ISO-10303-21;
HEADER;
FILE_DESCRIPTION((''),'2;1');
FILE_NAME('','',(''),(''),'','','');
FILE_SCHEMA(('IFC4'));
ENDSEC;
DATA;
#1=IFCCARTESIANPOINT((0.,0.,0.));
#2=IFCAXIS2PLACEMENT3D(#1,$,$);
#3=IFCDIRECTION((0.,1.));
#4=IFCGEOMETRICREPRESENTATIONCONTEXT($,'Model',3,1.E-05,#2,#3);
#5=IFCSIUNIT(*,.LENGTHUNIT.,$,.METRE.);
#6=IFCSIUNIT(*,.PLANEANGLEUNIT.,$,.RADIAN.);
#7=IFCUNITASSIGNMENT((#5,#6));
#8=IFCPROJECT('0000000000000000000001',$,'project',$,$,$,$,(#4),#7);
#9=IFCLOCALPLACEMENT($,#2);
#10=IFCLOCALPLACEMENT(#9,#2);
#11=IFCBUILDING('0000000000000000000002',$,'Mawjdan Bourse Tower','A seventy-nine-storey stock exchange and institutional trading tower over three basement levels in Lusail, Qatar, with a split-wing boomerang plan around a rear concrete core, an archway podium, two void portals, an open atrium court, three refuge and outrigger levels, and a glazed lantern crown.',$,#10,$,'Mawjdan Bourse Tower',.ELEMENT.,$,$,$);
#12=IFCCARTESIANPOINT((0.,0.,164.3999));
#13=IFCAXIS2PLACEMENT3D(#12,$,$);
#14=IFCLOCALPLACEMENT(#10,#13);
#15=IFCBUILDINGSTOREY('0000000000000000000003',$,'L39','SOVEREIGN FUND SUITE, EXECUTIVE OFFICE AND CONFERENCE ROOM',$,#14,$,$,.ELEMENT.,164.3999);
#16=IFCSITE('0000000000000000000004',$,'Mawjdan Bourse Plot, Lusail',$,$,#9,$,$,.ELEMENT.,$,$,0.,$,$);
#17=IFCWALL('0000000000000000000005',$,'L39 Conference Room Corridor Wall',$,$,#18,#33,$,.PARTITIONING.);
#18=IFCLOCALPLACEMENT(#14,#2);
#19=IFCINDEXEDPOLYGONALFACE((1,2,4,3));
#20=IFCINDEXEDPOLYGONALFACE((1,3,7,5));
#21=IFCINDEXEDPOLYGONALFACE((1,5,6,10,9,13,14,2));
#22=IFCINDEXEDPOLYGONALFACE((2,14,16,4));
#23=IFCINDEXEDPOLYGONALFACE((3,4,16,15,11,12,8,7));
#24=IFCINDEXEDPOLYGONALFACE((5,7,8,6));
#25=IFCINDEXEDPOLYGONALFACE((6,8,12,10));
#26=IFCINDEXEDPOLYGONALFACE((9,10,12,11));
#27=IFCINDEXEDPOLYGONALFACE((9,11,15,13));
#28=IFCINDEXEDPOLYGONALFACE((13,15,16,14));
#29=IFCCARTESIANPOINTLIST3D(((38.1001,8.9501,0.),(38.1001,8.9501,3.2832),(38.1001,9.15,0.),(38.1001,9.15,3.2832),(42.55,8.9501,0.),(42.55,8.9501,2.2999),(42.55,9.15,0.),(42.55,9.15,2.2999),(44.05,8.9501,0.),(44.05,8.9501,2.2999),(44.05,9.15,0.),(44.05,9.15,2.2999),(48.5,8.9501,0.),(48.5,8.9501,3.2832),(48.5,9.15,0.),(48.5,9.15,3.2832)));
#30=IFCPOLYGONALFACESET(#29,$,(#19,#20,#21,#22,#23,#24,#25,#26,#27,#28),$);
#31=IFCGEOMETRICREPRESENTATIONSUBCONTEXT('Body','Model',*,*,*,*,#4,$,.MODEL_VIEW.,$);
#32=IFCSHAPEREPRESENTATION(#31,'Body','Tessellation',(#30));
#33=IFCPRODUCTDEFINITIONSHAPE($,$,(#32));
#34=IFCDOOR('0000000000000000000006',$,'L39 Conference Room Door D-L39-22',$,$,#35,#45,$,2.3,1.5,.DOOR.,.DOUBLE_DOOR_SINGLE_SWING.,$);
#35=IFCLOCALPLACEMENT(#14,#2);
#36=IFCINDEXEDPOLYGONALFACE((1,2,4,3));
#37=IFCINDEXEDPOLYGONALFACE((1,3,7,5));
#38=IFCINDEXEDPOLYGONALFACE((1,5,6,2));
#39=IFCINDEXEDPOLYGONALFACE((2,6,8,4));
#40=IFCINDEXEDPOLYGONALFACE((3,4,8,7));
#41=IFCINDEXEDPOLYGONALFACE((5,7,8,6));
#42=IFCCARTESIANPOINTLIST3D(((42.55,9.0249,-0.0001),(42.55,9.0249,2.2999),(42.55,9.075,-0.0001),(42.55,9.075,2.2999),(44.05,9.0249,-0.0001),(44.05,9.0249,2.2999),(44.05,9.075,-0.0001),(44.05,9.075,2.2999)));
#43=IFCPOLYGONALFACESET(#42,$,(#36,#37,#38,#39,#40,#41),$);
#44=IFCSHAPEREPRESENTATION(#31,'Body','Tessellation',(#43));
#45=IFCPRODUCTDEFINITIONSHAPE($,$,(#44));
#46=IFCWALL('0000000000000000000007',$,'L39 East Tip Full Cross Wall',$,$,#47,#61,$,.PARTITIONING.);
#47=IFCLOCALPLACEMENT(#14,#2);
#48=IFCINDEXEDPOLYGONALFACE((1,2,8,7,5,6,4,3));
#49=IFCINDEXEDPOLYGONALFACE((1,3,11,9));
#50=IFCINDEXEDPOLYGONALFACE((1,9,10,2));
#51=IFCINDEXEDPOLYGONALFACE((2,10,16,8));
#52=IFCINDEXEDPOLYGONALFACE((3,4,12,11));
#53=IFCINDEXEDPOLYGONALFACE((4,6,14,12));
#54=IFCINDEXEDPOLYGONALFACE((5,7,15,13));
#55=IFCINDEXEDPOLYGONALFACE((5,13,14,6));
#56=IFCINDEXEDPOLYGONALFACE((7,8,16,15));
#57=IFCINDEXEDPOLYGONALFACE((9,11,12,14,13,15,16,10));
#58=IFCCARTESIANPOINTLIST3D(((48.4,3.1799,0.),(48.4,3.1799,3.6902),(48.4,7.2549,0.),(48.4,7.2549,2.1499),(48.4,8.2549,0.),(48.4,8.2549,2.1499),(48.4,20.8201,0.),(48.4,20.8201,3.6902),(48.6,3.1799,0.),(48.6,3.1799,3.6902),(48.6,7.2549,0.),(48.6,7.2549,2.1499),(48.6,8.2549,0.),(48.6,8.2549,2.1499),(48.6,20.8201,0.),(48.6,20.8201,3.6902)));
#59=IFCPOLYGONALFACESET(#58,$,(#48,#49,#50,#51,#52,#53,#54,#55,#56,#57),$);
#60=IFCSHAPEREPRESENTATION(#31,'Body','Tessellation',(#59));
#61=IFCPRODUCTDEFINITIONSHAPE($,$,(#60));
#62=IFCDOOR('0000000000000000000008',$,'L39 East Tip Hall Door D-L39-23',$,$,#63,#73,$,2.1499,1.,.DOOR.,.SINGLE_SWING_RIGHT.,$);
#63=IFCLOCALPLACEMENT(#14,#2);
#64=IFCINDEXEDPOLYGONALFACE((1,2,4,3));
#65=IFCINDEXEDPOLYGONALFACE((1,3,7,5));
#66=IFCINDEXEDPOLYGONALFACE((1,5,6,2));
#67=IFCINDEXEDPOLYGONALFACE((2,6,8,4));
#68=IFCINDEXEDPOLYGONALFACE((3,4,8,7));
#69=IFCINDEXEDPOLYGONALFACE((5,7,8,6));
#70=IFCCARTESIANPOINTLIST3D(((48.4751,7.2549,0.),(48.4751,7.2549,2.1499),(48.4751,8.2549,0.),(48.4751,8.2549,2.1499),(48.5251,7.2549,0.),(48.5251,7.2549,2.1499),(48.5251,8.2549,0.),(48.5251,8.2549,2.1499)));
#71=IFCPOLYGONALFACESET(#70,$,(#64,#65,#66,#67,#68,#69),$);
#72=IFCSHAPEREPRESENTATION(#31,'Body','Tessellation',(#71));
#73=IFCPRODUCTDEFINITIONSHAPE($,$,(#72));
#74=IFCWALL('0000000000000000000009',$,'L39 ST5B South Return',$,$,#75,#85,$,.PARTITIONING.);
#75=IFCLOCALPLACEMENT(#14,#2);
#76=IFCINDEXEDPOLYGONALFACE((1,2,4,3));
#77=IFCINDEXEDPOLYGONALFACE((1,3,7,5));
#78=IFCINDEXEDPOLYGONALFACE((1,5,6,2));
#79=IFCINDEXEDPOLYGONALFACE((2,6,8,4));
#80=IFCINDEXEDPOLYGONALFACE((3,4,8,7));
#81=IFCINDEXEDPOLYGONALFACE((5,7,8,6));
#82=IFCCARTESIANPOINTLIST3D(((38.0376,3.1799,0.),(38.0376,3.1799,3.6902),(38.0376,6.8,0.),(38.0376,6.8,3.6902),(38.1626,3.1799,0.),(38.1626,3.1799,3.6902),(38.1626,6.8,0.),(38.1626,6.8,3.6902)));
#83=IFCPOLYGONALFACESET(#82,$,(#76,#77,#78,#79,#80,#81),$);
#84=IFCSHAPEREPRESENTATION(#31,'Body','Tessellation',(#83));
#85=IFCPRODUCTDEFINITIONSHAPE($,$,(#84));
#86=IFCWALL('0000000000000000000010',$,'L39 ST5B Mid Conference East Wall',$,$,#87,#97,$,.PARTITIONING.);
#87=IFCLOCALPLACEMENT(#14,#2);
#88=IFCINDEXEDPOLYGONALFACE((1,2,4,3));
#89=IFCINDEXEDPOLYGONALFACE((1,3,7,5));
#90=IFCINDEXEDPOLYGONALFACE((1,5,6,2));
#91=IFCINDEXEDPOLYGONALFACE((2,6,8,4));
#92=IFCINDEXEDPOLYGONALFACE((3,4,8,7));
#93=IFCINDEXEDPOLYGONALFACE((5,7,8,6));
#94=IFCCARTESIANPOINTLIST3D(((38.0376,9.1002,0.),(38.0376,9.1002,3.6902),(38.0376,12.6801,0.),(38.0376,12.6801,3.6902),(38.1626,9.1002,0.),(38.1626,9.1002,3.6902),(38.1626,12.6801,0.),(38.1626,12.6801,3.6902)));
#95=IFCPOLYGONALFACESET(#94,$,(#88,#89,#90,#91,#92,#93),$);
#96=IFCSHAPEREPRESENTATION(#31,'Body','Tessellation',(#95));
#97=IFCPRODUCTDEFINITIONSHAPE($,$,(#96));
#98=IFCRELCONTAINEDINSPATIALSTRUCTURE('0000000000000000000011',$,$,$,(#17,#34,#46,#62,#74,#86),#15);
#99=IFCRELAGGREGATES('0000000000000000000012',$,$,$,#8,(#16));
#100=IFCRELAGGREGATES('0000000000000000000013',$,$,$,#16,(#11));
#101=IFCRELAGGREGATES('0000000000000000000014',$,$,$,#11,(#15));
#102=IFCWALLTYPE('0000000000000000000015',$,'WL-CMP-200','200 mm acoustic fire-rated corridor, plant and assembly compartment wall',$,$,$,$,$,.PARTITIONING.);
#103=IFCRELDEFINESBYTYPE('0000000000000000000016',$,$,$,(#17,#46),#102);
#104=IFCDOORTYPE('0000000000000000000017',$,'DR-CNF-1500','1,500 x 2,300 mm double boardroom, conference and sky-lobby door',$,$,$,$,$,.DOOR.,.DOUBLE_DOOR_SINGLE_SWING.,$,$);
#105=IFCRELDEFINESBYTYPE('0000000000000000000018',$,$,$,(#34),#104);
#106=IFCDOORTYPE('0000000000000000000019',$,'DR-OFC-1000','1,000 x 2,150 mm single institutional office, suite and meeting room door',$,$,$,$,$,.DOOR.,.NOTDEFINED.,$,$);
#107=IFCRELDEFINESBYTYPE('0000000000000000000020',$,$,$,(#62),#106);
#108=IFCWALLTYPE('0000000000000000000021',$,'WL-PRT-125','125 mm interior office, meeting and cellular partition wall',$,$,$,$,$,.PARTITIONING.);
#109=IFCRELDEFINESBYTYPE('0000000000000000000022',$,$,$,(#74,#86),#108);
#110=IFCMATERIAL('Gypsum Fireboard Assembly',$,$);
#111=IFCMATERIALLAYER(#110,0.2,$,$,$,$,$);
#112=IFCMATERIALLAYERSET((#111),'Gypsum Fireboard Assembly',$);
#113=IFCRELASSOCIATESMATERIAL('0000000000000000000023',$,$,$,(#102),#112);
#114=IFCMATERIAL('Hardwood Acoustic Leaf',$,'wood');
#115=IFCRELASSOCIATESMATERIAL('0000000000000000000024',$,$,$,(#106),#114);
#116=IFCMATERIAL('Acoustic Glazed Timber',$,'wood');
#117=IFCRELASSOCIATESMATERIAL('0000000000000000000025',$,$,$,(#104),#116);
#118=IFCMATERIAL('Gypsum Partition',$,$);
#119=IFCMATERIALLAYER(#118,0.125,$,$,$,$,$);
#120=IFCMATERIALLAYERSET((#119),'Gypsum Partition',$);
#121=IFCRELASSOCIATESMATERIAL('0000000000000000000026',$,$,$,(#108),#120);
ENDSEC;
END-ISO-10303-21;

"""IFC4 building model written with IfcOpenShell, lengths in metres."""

from ifc_helpers import new_model, si_unit, direction, frame, frame_2d, origin, place, context, subcontext, project, spatial, rectangle, extrude, material, layer, layer_set, type_object, element, fill, save


model = new_model("IFC4")

# Units and contexts
model_context = context("Model", 3, precision=1e-05, world=origin(), true_north=direction((0.0, 1.0)))
body_context = subcontext(model_context, "Body", "Model", "MODEL_VIEW")
ifc_project = project(units=[si_unit("LENGTHUNIT", "METRE"), si_unit("PLANEANGLEUNIT", "RADIAN")], contexts=[model_context])

# Site, building, storey
site_placement = place(None, origin())
site = spatial("IfcSite", under=ifc_project, at=site_placement, Name="Mawjdan Bourse Plot, Lusail", CompositionType="ELEMENT", RefElevation=0.0)
building_placement = place(site_placement, origin())
building = spatial("IfcBuilding", under=site, at=building_placement, Name="Mawjdan Bourse Tower", Description="A seventy-nine-storey stock exchange and institutional trading tower over three basement levels in Lusail, Qatar, with a split-wing boomerang plan around a rear concrete core, an archway podium, two void portals, an open atrium court, three refuge and outrigger levels, and a glazed lantern crown.", LongName="Mawjdan Bourse Tower", CompositionType="ELEMENT")
storey_placement = place(building_placement, frame((0.0, 0.0, 164.3999)))
storey = spatial("IfcBuildingStorey", under=building, at=storey_placement, Name="L39", Description="SOVEREIGN FUND SUITE, EXECUTIVE OFFICE AND CONFERENCE ROOM", CompositionType="ELEMENT", Elevation=164.3999)

# Shared definitions
ifc_material_1 = material(Name="Gypsum Fireboard Assembly")
ifc_layer_1 = layer(ifc_material_1, 0.2)
ifc_layer_set_1 = layer_set([ifc_layer_1], Name="Gypsum Fireboard Assembly")
wall_type_1 = type_object("IfcWallType", Name="WL-CMP-200", Description="200 mm acoustic fire-rated corridor, plant and assembly compartment wall", PredefinedType="PARTITIONING", material=ifc_layer_set_1)

# Walls, openings, doors
ifc_material_2 = material(Name="Hardwood Acoustic Leaf", Category="wood")
door_type_1 = type_object("IfcDoorType", Name="DR-OFC-1000", Description="1,000 x 2,150 mm single institutional office, suite and meeting room door", OperationType="NOTDEFINED", PredefinedType="DOOR", material=ifc_material_2)
wall_1_placement = place(storey_placement, frame((38.1001, 9.05, 0.0), z_axis=(0.0, 0.0, 1.0), x_axis=(1.0, 0.0, 0.0)))
wall_1 = element("IfcWall", 1, at=wall_1_placement, inside=storey, type_object=wall_type_1, Name="L39 Conference Room Corridor Wall", PredefinedType="PARTITIONING", context=body_context, shape_type="SweptSolid", body=[
    extrude(rectangle(XDim=10.3999, YDim=0.2, at=frame_2d((5.2, 0.0))), origin(), (0.0, 0.0, 1.0), 3.2832),
])
opening_1_placement = place(wall_1_placement, frame((4.45, 0.0, 0.0)))
opening_1 = element("IfcOpeningElement", 2, at=opening_1_placement, cuts=wall_1, PredefinedType="OPENING", context=body_context, shape_type="SweptSolid", body=[
    extrude(rectangle(XDim=1.5, YDim=2.3, at=frame_2d((0.75, 1.1499))), frame((0.0, 0.1099, 0.0), z_axis=(0.0, -1.0, 0.0), x_axis=(1.0, 0.0, 0.0)), (0.0, 0.0, 1.0), 0.22),
])
ifc_material_3 = material(Name="Acoustic Glazed Timber", Category="wood")
door_type_2 = type_object("IfcDoorType", Name="DR-CNF-1500", Description="1,500 x 2,300 mm double boardroom, conference and sky-lobby door", OperationType="DOUBLE_DOOR_SINGLE_SWING", PredefinedType="DOOR", material=ifc_material_3)
door_1_placement = place(opening_1_placement, origin())
door_1 = element("IfcDoor", 3, at=door_1_placement, inside=storey, type_object=door_type_2, Name="L39 Conference Room Door D-L39-22", OperationType="DOUBLE_DOOR_SINGLE_SWING", OverallHeight=2.3, OverallWidth=1.5, PredefinedType="DOOR", context=body_context, shape_type="SweptSolid", body=[
    extrude(rectangle(XDim=1.5, YDim=2.3, at=frame_2d((0.75, 1.1499))), frame((0.0, 0.0249, 0.0), z_axis=(0.0, -1.0, 0.0), x_axis=(1.0, 0.0, 0.0)), (0.0, 0.0, 1.0), 0.05),
])
fill(opening_1, door_1)
wall_2_placement = place(storey_placement, frame((48.5, 3.1799, 0.0), z_axis=(0.0, 0.0, 1.0), x_axis=(0.0, 1.0, 0.0)))
wall_2 = element("IfcWall", 4, at=wall_2_placement, inside=storey, type_object=wall_type_1, Name="L39 East Tip Full Cross Wall", PredefinedType="PARTITIONING", context=body_context, shape_type="SweptSolid", body=[
    extrude(rectangle(XDim=17.6401, YDim=0.2, at=frame_2d((8.8201, 0.0))), origin(), (0.0, 0.0, 1.0), 3.6902),
])
opening_2_placement = place(wall_2_placement, frame((4.075, 0.0, 0.0)))
opening_2 = element("IfcOpeningElement", 5, at=opening_2_placement, cuts=wall_2, PredefinedType="OPENING", context=body_context, shape_type="SweptSolid", body=[
    extrude(rectangle(XDim=1.0, YDim=2.1499, at=frame_2d((0.5, 1.075))), frame((0.0, 0.1099, 0.0), z_axis=(0.0, -1.0, 0.0), x_axis=(1.0, 0.0, 0.0)), (0.0, 0.0, 1.0), 0.22),
])
door_2_placement = place(opening_2_placement, origin())
door_2 = element("IfcDoor", 6, at=door_2_placement, inside=storey, type_object=door_type_1, Name="L39 East Tip Hall Door D-L39-23", OperationType="SINGLE_SWING_RIGHT", OverallHeight=2.1499, OverallWidth=1.0, PredefinedType="DOOR", context=body_context, shape_type="SweptSolid", body=[
    extrude(rectangle(XDim=1.0, YDim=2.1499, at=frame_2d((0.5, 1.075))), frame((0.0, 0.0249, 0.0), z_axis=(0.0, -1.0, 0.0), x_axis=(1.0, 0.0, 0.0)), (0.0, 0.0, 1.0), 0.05),
])
fill(opening_2, door_2)

# Walls
ifc_material_4 = material(Name="Gypsum Partition")
ifc_layer_2 = layer(ifc_material_4, 0.125)
ifc_layer_set_2 = layer_set([ifc_layer_2], Name="Gypsum Partition")
wall_type_2 = type_object("IfcWallType", Name="WL-PRT-125", Description="125 mm interior office, meeting and cellular partition wall", PredefinedType="PARTITIONING", material=ifc_layer_set_2)
wall_3_placement = place(storey_placement, frame((38.1001, 3.1799, 0.0), z_axis=(0.0, 0.0, 1.0), x_axis=(0.0, 1.0, 0.0)))
element("IfcWall", 7, at=wall_3_placement, inside=storey, type_object=wall_type_2, Name="L39 ST5B South Return", PredefinedType="PARTITIONING", context=body_context, shape_type="SweptSolid", body=[
    extrude(rectangle(XDim=3.6201, YDim=0.125, at=frame_2d((1.8101, 0.0))), origin(), (0.0, 0.0, 1.0), 3.6902),
])
wall_4_placement = place(storey_placement, frame((38.1001, 9.1001, 0.0), z_axis=(0.0, 0.0, 1.0), x_axis=(0.0, 1.0, 0.0)))
element("IfcWall", 8, at=wall_4_placement, inside=storey, type_object=wall_type_2, Name="L39 ST5B Mid Conference East Wall", PredefinedType="PARTITIONING", context=body_context, shape_type="SweptSolid", body=[
    extrude(rectangle(XDim=3.5798, YDim=0.125, at=frame_2d((1.79, 0.0))), origin(), (0.0, 0.0, 1.0), 3.6902),
])

save(model, "model.ifc")
